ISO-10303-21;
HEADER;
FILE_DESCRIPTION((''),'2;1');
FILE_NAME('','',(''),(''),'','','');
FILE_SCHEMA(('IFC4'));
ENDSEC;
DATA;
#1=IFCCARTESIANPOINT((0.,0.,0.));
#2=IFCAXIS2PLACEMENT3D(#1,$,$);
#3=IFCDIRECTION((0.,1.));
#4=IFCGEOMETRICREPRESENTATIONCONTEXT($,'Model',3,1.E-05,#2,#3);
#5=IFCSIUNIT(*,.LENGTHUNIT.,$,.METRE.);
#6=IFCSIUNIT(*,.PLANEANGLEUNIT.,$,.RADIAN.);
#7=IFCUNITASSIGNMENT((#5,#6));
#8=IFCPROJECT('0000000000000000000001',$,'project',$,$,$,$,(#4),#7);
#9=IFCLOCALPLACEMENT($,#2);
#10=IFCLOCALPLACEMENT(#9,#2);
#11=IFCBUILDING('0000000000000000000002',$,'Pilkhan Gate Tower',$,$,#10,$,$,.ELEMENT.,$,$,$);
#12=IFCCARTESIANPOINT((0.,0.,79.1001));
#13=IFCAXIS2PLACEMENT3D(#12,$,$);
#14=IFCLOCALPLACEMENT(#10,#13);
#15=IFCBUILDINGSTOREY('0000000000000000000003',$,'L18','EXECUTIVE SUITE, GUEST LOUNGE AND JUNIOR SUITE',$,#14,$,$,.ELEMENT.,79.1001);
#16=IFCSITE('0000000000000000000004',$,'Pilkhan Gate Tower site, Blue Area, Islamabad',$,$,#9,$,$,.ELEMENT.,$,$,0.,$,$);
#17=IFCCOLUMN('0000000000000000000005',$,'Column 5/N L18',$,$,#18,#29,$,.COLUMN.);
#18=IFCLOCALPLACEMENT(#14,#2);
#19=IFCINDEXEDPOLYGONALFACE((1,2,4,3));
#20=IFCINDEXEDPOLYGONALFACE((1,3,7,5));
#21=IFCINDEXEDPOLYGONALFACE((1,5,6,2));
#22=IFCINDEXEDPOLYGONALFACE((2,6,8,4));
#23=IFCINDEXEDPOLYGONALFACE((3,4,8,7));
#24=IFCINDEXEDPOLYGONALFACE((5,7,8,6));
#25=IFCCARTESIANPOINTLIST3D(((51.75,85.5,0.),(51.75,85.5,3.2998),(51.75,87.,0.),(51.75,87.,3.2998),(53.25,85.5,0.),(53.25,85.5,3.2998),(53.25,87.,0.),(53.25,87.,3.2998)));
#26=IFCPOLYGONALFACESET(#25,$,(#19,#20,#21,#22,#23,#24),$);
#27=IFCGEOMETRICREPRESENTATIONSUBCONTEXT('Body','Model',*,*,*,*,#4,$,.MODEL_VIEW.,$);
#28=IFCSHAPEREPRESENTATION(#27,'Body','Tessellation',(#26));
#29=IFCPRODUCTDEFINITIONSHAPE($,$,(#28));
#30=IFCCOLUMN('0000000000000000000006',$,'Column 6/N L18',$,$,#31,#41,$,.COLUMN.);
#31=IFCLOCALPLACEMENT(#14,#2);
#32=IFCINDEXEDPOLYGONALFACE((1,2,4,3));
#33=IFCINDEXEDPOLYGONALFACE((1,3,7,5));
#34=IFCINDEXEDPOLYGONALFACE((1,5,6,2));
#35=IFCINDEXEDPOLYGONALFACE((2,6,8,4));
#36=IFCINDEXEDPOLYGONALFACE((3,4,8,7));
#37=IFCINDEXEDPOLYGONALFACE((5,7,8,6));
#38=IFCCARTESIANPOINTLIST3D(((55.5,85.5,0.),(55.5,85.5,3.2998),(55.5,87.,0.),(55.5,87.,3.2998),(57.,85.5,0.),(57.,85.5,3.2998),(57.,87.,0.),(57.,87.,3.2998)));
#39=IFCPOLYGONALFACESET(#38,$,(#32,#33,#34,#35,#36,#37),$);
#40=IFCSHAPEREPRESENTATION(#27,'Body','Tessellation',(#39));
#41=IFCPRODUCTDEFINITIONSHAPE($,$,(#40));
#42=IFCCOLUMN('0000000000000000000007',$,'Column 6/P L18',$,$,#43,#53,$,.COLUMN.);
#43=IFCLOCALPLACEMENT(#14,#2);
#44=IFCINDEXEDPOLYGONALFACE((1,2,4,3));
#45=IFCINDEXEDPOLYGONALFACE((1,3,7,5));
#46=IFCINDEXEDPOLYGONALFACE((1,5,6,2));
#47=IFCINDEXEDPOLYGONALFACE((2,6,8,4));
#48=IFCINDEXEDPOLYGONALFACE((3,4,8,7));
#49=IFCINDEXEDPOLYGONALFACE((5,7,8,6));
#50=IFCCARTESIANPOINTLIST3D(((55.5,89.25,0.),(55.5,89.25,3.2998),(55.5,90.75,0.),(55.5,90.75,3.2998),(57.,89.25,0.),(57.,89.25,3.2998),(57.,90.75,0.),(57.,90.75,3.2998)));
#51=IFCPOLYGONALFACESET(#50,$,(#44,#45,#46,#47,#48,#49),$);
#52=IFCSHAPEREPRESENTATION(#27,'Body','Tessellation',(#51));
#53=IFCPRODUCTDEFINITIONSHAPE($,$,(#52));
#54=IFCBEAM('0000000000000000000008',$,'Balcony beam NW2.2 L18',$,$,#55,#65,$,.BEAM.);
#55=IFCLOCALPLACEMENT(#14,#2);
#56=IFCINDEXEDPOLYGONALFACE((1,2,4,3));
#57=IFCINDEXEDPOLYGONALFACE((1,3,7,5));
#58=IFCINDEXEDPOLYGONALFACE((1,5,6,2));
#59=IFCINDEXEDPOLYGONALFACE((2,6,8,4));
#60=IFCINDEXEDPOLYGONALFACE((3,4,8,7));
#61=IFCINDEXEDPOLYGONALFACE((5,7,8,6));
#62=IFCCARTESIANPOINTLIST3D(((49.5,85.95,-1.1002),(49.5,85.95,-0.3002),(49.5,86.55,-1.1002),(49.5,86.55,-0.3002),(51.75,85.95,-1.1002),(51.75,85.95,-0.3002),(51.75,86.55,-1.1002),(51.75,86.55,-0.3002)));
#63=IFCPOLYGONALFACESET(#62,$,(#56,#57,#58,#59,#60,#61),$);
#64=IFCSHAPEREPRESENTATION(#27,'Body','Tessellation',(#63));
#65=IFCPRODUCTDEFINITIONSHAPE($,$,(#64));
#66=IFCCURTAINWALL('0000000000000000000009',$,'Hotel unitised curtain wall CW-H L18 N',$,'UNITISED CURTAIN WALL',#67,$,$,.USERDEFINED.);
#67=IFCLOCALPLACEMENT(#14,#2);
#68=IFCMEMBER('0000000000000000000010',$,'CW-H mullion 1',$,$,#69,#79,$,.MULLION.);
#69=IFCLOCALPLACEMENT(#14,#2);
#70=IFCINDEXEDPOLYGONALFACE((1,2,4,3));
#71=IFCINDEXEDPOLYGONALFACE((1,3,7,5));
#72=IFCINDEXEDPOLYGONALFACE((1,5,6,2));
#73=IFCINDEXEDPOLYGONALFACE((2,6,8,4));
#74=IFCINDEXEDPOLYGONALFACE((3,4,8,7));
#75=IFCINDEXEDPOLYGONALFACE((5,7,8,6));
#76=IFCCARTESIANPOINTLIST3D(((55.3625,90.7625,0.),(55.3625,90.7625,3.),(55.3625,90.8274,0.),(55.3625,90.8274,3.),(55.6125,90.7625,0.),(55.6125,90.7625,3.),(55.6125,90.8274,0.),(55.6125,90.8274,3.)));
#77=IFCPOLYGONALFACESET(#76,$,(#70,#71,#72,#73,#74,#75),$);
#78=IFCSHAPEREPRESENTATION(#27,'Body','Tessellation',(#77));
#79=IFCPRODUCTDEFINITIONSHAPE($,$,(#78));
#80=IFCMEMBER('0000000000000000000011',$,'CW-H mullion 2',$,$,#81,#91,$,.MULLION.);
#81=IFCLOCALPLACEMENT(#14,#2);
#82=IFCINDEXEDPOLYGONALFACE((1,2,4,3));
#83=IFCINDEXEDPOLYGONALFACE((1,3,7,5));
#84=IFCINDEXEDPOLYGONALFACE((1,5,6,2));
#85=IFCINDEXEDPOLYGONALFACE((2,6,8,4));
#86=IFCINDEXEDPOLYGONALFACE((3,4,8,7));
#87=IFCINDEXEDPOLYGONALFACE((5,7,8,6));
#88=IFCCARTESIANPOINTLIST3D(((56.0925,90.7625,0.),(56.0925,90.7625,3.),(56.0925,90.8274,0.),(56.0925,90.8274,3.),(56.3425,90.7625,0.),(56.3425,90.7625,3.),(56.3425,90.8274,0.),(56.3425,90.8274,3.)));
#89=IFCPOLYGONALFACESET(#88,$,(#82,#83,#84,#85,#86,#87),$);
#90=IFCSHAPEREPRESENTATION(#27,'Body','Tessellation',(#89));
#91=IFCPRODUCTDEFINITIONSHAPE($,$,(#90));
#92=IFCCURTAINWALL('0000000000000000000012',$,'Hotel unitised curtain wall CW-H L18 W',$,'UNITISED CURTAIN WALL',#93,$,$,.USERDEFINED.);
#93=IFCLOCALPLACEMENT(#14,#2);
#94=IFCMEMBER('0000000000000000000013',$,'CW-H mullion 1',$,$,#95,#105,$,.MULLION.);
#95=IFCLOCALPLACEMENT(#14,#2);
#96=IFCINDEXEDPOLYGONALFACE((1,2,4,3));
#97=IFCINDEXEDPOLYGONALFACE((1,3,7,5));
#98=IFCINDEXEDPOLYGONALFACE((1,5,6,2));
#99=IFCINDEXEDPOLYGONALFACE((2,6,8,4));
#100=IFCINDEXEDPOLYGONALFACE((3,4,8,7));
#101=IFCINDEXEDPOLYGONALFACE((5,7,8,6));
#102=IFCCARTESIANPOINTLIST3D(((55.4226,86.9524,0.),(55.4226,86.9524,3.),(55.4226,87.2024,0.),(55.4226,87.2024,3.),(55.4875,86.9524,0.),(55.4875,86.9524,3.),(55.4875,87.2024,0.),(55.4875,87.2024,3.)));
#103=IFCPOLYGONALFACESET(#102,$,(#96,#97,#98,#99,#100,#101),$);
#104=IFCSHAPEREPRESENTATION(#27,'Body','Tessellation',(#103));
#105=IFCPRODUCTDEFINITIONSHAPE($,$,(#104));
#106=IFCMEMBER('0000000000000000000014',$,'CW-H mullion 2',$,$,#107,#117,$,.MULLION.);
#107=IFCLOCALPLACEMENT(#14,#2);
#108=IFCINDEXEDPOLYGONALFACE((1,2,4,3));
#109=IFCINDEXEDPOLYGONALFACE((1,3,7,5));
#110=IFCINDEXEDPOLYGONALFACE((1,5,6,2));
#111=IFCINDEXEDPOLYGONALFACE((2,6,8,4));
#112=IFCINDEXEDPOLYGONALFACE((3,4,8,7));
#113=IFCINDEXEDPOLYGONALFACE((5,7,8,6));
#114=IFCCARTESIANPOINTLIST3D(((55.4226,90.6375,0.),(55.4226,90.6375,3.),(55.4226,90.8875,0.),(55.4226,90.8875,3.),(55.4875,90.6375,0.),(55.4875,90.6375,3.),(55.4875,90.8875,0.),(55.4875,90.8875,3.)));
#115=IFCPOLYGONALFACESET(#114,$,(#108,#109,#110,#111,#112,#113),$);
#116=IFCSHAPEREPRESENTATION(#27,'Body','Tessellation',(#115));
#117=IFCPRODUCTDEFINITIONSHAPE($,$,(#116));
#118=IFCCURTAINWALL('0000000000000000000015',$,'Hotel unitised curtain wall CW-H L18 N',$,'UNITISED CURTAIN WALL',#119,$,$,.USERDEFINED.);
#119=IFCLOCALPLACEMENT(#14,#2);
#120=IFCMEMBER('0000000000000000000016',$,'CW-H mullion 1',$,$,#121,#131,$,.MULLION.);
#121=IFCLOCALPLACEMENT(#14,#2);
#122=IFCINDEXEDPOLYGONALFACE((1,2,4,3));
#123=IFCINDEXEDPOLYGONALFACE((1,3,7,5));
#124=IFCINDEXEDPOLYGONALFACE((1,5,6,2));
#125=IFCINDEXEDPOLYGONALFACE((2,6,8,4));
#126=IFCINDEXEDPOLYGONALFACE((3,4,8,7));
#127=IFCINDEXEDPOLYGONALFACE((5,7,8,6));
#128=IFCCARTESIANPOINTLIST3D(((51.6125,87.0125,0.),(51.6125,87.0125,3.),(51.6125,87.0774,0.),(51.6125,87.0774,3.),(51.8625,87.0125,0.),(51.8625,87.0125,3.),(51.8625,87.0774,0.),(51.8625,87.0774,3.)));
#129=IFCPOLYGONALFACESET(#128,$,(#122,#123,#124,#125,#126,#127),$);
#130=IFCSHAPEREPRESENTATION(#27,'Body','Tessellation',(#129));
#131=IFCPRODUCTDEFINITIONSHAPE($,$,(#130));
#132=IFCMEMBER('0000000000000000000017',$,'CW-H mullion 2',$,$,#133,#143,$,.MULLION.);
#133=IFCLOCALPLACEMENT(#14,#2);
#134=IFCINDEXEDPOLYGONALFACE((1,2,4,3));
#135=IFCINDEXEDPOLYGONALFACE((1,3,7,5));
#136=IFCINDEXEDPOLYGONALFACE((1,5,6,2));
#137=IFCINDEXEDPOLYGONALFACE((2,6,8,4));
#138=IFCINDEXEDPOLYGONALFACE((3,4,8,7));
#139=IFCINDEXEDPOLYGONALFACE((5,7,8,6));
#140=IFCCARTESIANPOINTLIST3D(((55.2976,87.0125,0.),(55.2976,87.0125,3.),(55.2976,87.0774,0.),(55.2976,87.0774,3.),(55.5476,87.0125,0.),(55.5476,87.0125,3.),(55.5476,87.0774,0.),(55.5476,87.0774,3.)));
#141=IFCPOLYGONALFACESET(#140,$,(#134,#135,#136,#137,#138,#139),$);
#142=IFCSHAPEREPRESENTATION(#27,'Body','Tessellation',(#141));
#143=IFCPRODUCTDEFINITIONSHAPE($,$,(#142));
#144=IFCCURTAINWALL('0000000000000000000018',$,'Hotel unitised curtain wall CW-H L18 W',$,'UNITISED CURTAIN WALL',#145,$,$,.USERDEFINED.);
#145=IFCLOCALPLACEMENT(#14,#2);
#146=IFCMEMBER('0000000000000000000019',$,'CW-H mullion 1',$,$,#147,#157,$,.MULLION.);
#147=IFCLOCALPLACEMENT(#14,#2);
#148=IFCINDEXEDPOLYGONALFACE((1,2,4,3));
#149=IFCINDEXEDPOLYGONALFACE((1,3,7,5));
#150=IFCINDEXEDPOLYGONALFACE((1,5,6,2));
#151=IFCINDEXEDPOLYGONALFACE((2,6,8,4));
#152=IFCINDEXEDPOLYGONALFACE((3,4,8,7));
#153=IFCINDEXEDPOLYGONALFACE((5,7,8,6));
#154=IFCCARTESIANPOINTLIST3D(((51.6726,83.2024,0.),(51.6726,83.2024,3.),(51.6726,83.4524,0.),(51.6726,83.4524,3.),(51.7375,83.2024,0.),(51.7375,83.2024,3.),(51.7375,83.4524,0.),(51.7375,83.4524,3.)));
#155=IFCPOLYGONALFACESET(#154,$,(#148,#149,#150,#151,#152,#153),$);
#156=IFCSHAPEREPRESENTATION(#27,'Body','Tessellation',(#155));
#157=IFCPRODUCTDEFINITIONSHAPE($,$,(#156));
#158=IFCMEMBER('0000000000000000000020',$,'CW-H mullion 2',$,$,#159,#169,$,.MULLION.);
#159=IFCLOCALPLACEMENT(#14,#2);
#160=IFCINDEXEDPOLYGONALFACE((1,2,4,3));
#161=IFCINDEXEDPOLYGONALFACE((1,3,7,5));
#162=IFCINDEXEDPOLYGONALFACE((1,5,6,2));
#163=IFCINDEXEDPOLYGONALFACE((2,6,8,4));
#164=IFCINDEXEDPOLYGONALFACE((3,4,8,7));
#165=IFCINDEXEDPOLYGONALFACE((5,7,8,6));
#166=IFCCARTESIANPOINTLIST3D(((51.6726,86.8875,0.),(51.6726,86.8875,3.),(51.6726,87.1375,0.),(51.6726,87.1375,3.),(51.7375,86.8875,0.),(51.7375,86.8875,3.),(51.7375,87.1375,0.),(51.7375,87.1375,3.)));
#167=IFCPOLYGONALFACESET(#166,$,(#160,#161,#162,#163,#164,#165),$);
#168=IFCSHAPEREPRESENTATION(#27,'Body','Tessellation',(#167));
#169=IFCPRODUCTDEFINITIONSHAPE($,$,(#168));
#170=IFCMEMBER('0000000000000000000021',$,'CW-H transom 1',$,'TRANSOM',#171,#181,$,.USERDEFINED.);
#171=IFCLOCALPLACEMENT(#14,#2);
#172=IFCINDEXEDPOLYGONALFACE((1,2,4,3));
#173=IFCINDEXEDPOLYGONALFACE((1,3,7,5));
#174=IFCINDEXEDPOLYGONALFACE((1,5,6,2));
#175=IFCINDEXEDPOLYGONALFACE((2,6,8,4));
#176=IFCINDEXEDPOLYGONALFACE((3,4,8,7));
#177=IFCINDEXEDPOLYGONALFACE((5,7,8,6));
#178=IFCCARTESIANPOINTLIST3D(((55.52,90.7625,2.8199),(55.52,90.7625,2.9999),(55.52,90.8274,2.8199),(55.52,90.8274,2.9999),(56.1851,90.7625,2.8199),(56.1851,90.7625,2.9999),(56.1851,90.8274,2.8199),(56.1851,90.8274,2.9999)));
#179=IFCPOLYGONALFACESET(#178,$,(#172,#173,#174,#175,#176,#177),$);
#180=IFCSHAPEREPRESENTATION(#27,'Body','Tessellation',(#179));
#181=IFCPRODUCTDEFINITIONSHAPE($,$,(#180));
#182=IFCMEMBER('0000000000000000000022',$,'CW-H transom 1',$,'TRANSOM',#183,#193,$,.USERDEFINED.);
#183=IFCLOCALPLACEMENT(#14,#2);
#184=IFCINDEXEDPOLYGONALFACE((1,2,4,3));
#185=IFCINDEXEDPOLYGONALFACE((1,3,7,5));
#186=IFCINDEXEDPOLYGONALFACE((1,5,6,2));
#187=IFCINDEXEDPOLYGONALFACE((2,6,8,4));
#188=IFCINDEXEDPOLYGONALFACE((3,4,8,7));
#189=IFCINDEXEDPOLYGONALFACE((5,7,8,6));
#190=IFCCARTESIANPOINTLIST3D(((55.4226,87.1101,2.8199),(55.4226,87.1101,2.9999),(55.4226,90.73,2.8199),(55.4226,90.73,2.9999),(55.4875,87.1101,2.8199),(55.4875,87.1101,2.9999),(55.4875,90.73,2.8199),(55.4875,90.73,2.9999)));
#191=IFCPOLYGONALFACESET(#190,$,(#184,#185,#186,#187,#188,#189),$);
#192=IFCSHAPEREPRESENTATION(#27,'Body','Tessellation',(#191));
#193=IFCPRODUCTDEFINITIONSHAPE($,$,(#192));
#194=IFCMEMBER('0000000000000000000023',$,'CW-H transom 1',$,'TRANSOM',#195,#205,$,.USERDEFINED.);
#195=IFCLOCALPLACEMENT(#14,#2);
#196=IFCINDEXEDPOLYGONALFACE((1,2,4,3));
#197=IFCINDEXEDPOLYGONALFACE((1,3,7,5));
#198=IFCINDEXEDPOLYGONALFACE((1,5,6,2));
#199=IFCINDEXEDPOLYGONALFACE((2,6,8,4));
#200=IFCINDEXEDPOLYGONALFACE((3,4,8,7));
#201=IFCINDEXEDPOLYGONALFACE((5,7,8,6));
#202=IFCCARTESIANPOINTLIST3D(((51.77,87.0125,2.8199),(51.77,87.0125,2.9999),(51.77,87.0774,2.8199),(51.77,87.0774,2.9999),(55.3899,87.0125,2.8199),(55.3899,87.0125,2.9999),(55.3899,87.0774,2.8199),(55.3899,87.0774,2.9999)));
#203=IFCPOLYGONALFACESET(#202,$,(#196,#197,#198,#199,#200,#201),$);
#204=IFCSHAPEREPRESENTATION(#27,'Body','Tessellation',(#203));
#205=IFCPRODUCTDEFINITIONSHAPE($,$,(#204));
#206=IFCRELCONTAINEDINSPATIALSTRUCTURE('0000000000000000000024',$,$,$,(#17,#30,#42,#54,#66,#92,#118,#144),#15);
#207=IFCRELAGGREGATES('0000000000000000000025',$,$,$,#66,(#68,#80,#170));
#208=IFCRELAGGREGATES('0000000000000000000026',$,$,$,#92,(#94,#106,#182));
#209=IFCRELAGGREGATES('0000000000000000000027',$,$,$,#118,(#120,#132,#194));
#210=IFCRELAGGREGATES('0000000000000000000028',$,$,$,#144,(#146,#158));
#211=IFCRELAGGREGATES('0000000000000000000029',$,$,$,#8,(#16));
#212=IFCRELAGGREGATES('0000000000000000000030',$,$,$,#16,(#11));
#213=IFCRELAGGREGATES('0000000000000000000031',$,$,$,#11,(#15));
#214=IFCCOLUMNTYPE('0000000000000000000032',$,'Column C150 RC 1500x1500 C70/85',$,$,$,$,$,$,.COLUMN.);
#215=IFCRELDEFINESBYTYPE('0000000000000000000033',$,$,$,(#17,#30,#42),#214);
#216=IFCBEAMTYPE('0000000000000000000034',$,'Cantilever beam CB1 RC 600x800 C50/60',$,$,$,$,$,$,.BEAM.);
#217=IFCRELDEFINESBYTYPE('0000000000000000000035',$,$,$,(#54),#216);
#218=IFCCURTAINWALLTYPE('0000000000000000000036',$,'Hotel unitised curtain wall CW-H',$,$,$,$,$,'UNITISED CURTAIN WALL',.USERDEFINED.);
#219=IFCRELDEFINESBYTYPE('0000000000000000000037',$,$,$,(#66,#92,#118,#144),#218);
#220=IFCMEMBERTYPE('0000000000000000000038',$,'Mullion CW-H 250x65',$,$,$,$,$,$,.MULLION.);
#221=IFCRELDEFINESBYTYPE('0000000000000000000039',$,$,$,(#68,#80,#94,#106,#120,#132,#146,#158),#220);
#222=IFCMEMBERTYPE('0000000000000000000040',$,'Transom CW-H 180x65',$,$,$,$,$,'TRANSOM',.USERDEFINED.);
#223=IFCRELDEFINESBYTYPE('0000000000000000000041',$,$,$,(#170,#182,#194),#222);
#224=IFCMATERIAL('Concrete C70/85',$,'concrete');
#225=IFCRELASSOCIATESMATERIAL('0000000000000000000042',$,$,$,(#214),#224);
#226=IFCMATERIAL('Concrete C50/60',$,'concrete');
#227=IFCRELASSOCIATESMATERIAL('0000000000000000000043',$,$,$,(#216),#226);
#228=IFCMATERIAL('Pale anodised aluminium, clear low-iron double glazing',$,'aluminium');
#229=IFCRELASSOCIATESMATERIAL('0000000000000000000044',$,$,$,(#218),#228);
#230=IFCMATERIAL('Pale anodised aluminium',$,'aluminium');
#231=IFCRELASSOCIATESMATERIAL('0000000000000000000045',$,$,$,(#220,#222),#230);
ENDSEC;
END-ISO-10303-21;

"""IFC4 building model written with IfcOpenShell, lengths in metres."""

from ifc_helpers import new_model, si_unit, direction, frame, origin, origin_2d, place, context, subcontext, project, spatial, rectangle, extrude, material, material_profile, profile_set, type_object, element, aggregate, save


model = new_model("IFC4")

# Units and contexts
model_context = context("Model", 3, precision=1e-05, world=origin(), true_north=direction((0.0, 1.0)))
body_context = subcontext(model_context, "Body", "Model", "MODEL_VIEW")
ifc_project = project(units=[si_unit("LENGTHUNIT", "METRE"), si_unit("PLANEANGLEUNIT", "RADIAN")], contexts=[model_context])

# Site, building, storey
site_placement = place(None, origin())
site = spatial("IfcSite", under=ifc_project, at=site_placement, Name="Pilkhan Gate Tower site, Blue Area, Islamabad", CompositionType="ELEMENT", RefElevation=0.0)
building_placement = place(site_placement, origin())
building = spatial("IfcBuilding", under=site, at=building_placement, Name="Pilkhan Gate Tower", CompositionType="ELEMENT")
storey_placement = place(building_placement, frame((0.0, 0.0, 79.1001)))
storey = spatial("IfcBuildingStorey", under=building, at=storey_placement, Name="L18", Description="EXECUTIVE SUITE, GUEST LOUNGE AND JUNIOR SUITE", CompositionType="ELEMENT", Elevation=79.1001)

# Columns
ifc_material_1 = material(Name="Concrete C70/85", Category="concrete")
ifc_material_profile_1 = material_profile(ifc_material_1, rectangle(XDim=1.5, YDim=1.5, at=origin_2d()), Name="RC 1500x1500")
ifc_profile_set_1 = profile_set([ifc_material_profile_1], Name="Concrete C70/85")
column_type = type_object("IfcColumnType", Name="Column C150 RC 1500x1500 C70/85", PredefinedType="COLUMN", material=ifc_profile_set_1)
for number, where, z_axis, x_axis, name in (
    (1, (52.5, 86.25, 0.0), (0.0, 0.0, 1.0), (1.0, 0.0, 0.0), "Column 5/N L18"),
    (2, (56.25, 86.25, 0.0), (0.0, 0.0, 1.0), (1.0, 0.0, 0.0), "Column 6/N L18"),
    (3, (56.25, 90.0, 0.0), (0.0, 0.0, 1.0), (1.0, 0.0, 0.0), "Column 6/P L18"),
):
    element("IfcColumn", number, at=place(storey_placement, frame(where, z_axis=z_axis, x_axis=x_axis)), inside=storey, type_object=column_type, Name=name, PredefinedType="COLUMN", context=body_context, shape_type="SweptSolid", body=[
        extrude(rectangle(XDim=1.5, YDim=1.5, at=origin_2d()), origin(), (0.0, 0.0, 1.0), 3.2998),
    ])

# Beam
ifc_material_2 = material(Name="Concrete C50/60", Category="concrete")
ifc_material_profile_2 = material_profile(ifc_material_2, rectangle(XDim=0.6001, YDim=0.8, at=origin_2d()), Name="RC 600x800")
ifc_profile_set_2 = profile_set([ifc_material_profile_2], Name="Concrete C50/60")
beam_type = type_object("IfcBeamType", Name="Cantilever beam CB1 RC 600x800 C50/60", PredefinedType="BEAM", material=ifc_profile_set_2)
beam_placement = place(storey_placement, frame((51.75, 86.25, -0.7002), z_axis=(-1.0, 0.0, 0.0), x_axis=(0.0, -1.0, 0.0)))
element("IfcBeam", 4, at=beam_placement, inside=storey, type_object=beam_type, Name="Balcony beam NW2.2 L18", PredefinedType="BEAM", context=body_context, shape_type="SweptSolid", body=[
    extrude(rectangle(XDim=0.6001, YDim=0.8, at=origin_2d()), origin(), (0.0, 0.0, 1.0), 2.25),
])

# Curtain walls, members
ifc_material_3 = material(Name="Pale anodised aluminium, clear low-iron double glazing", Category="aluminium")
curtain_wall_type = type_object("IfcCurtainWallType", Name="Hotel unitised curtain wall CW-H", ElementType="UNITISED CURTAIN WALL", PredefinedType="USERDEFINED", material=ifc_material_3)
curtain_wall_1_placement = place(storey_placement, origin())
curtain_wall_1 = element("IfcCurtainWall", 5, at=curtain_wall_1_placement, inside=storey, type_object=curtain_wall_type, Name="Hotel unitised curtain wall CW-H L18 N", ObjectType="UNITISED CURTAIN WALL", PredefinedType="USERDEFINED")
ifc_material_4 = material(Name="Pale anodised aluminium", Category="aluminium")
ifc_material_profile_3 = material_profile(ifc_material_4, rectangle(XDim=0.0649, YDim=0.25, at=origin_2d()), Name="Mullion 250x65")
ifc_profile_set_3 = profile_set([ifc_material_profile_3], Name="Pale anodised aluminium")
member_type_1 = type_object("IfcMemberType", Name="Mullion CW-H 250x65", PredefinedType="MULLION", material=ifc_profile_set_3)
member_1_placement = place(storey_placement, frame((55.4875, 90.7949, 0.0), z_axis=(0.0, 0.0, 1.0), x_axis=(0.0, 1.0, 0.0)))
member_1 = element("IfcMember", 6, at=member_1_placement, type_object=member_type_1, Name="CW-H mullion 1", PredefinedType="MULLION", context=body_context, shape_type="SweptSolid", body=[
    extrude(rectangle(XDim=0.0649, YDim=0.25, at=origin_2d()), origin(), (0.0, 0.0, 1.0), 3.0),
])
member_2_placement = place(storey_placement, frame((56.2175, 90.7949, 0.0), z_axis=(0.0, 0.0, 1.0), x_axis=(0.0, 1.0, 0.0)))
member_2 = element("IfcMember", 7, at=member_2_placement, type_object=member_type_1, Name="CW-H mullion 2", PredefinedType="MULLION", context=body_context, shape_type="SweptSolid", body=[
    extrude(rectangle(XDim=0.0649, YDim=0.25, at=origin_2d()), origin(), (0.0, 0.0, 1.0), 3.0),
])
curtain_wall_2_placement = place(storey_placement, origin())
curtain_wall_2 = element("IfcCurtainWall", 8, at=curtain_wall_2_placement, inside=storey, type_object=curtain_wall_type, Name="Hotel unitised curtain wall CW-H L18 W", ObjectType="UNITISED CURTAIN WALL", PredefinedType="USERDEFINED")
member_3_placement = place(storey_placement, frame((55.4551, 87.0774, 0.0), z_axis=(0.0, 0.0, 1.0), x_axis=(-1.0, 0.0, 0.0)))
member_3 = element("IfcMember", 9, at=member_3_placement, type_object=member_type_1, Name="CW-H mullion 1", PredefinedType="MULLION", context=body_context, shape_type="SweptSolid", body=[
    extrude(rectangle(XDim=0.0649, YDim=0.25, at=origin_2d()), origin(), (0.0, 0.0, 1.0), 3.0),
])
member_4_placement = place(storey_placement, frame((55.4551, 90.7625, 0.0), z_axis=(0.0, 0.0, 1.0), x_axis=(-1.0, 0.0, 0.0)))
member_4 = element("IfcMember", 10, at=member_4_placement, type_object=member_type_1, Name="CW-H mullion 2", PredefinedType="MULLION", context=body_context, shape_type="SweptSolid", body=[
    extrude(rectangle(XDim=0.0649, YDim=0.25, at=origin_2d()), origin(), (0.0, 0.0, 1.0), 3.0),
])
curtain_wall_3_placement = place(storey_placement, origin())
curtain_wall_3 = element("IfcCurtainWall", 11, at=curtain_wall_3_placement, inside=storey, type_object=curtain_wall_type, Name="Hotel unitised curtain wall CW-H L18 N", ObjectType="UNITISED CURTAIN WALL", PredefinedType="USERDEFINED")
member_5_placement = place(storey_placement, frame((51.7375, 87.0449, 0.0), z_axis=(0.0, 0.0, 1.0), x_axis=(0.0, 1.0, 0.0)))
member_5 = element("IfcMember", 12, at=member_5_placement, type_object=member_type_1, Name="CW-H mullion 1", PredefinedType="MULLION", context=body_context, shape_type="SweptSolid", body=[
    extrude(rectangle(XDim=0.0649, YDim=0.25, at=origin_2d()), origin(), (0.0, 0.0, 1.0), 3.0),
])
member_6_placement = place(storey_placement, frame((55.4226, 87.0449, 0.0), z_axis=(0.0, 0.0, 1.0), x_axis=(0.0, 1.0, 0.0)))
member_6 = element("IfcMember", 13, at=member_6_placement, type_object=member_type_1, Name="CW-H mullion 2", PredefinedType="MULLION", context=body_context, shape_type="SweptSolid", body=[
    extrude(rectangle(XDim=0.0649, YDim=0.25, at=origin_2d()), origin(), (0.0, 0.0, 1.0), 3.0),
])
curtain_wall_4_placement = place(storey_placement, origin())
curtain_wall_4 = element("IfcCurtainWall", 14, at=curtain_wall_4_placement, inside=storey, type_object=curtain_wall_type, Name="Hotel unitised curtain wall CW-H L18 W", ObjectType="UNITISED CURTAIN WALL", PredefinedType="USERDEFINED")
member_7_placement = place(storey_placement, frame((51.7051, 83.3274, 0.0), z_axis=(0.0, 0.0, 1.0), x_axis=(-1.0, 0.0, 0.0)))
member_7 = element("IfcMember", 15, at=member_7_placement, type_object=member_type_1, Name="CW-H mullion 1", PredefinedType="MULLION", context=body_context, shape_type="SweptSolid", body=[
    extrude(rectangle(XDim=0.0649, YDim=0.25, at=origin_2d()), origin(), (0.0, 0.0, 1.0), 3.0),
])
member_8_placement = place(storey_placement, frame((51.7051, 87.0125, 0.0), z_axis=(0.0, 0.0, 1.0), x_axis=(-1.0, 0.0, 0.0)))
member_8 = element("IfcMember", 16, at=member_8_placement, type_object=member_type_1, Name="CW-H mullion 2", PredefinedType="MULLION", context=body_context, shape_type="SweptSolid", body=[
    extrude(rectangle(XDim=0.0649, YDim=0.25, at=origin_2d()), origin(), (0.0, 0.0, 1.0), 3.0),
])

# Members
ifc_material_profile_4 = material_profile(ifc_material_4, rectangle(XDim=0.0649, YDim=0.1799, at=origin_2d()), Name="Transom 180x65")
ifc_profile_set_4 = profile_set([ifc_material_profile_4], Name="Pale anodised aluminium")
member_type_2 = type_object("IfcMemberType", Name="Transom CW-H 180x65", ElementType="TRANSOM", PredefinedType="USERDEFINED", material=ifc_profile_set_4)
member_9_placement = place(storey_placement, frame((55.52, 90.7949, 2.9099), z_axis=(1.0, 0.0, 0.0), x_axis=(0.0, 1.0, 0.0)))
member_9 = element("IfcMember", 17, at=member_9_placement, type_object=member_type_2, Name="CW-H transom 1", ObjectType="TRANSOM", PredefinedType="USERDEFINED", context=body_context, shape_type="SweptSolid", body=[
    extrude(rectangle(XDim=0.0649, YDim=0.1799, at=origin_2d()), origin(), (0.0, 0.0, 1.0), 0.665),
])
member_10_placement = place(storey_placement, frame((55.4551, 87.1101, 2.9099), z_axis=(0.0, 1.0, 0.0), x_axis=(-1.0, 0.0, 0.0)))
member_10 = element("IfcMember", 18, at=member_10_placement, type_object=member_type_2, Name="CW-H transom 1", ObjectType="TRANSOM", PredefinedType="USERDEFINED", context=body_context, shape_type="SweptSolid", body=[
    extrude(rectangle(XDim=0.0649, YDim=0.1799, at=origin_2d()), origin(), (0.0, 0.0, 1.0), 3.6199),
])
member_11_placement = place(storey_placement, frame((51.77, 87.0449, 2.9099), z_axis=(1.0, 0.0, 0.0), x_axis=(0.0, 1.0, 0.0)))
member_11 = element("IfcMember", 19, at=member_11_placement, type_object=member_type_2, Name="CW-H transom 1", ObjectType="TRANSOM", PredefinedType="USERDEFINED", context=body_context, shape_type="SweptSolid", body=[
    extrude(rectangle(XDim=0.0649, YDim=0.1799, at=origin_2d()), origin(), (0.0, 0.0, 1.0), 3.6199),
])

aggregate(curtain_wall_1, [member_1, member_2, member_9])
aggregate(curtain_wall_2, [member_3, member_4, member_10])
aggregate(curtain_wall_3, [member_5, member_6, member_11])
aggregate(curtain_wall_4, [member_7, member_8])

save(model, "model.ifc")
